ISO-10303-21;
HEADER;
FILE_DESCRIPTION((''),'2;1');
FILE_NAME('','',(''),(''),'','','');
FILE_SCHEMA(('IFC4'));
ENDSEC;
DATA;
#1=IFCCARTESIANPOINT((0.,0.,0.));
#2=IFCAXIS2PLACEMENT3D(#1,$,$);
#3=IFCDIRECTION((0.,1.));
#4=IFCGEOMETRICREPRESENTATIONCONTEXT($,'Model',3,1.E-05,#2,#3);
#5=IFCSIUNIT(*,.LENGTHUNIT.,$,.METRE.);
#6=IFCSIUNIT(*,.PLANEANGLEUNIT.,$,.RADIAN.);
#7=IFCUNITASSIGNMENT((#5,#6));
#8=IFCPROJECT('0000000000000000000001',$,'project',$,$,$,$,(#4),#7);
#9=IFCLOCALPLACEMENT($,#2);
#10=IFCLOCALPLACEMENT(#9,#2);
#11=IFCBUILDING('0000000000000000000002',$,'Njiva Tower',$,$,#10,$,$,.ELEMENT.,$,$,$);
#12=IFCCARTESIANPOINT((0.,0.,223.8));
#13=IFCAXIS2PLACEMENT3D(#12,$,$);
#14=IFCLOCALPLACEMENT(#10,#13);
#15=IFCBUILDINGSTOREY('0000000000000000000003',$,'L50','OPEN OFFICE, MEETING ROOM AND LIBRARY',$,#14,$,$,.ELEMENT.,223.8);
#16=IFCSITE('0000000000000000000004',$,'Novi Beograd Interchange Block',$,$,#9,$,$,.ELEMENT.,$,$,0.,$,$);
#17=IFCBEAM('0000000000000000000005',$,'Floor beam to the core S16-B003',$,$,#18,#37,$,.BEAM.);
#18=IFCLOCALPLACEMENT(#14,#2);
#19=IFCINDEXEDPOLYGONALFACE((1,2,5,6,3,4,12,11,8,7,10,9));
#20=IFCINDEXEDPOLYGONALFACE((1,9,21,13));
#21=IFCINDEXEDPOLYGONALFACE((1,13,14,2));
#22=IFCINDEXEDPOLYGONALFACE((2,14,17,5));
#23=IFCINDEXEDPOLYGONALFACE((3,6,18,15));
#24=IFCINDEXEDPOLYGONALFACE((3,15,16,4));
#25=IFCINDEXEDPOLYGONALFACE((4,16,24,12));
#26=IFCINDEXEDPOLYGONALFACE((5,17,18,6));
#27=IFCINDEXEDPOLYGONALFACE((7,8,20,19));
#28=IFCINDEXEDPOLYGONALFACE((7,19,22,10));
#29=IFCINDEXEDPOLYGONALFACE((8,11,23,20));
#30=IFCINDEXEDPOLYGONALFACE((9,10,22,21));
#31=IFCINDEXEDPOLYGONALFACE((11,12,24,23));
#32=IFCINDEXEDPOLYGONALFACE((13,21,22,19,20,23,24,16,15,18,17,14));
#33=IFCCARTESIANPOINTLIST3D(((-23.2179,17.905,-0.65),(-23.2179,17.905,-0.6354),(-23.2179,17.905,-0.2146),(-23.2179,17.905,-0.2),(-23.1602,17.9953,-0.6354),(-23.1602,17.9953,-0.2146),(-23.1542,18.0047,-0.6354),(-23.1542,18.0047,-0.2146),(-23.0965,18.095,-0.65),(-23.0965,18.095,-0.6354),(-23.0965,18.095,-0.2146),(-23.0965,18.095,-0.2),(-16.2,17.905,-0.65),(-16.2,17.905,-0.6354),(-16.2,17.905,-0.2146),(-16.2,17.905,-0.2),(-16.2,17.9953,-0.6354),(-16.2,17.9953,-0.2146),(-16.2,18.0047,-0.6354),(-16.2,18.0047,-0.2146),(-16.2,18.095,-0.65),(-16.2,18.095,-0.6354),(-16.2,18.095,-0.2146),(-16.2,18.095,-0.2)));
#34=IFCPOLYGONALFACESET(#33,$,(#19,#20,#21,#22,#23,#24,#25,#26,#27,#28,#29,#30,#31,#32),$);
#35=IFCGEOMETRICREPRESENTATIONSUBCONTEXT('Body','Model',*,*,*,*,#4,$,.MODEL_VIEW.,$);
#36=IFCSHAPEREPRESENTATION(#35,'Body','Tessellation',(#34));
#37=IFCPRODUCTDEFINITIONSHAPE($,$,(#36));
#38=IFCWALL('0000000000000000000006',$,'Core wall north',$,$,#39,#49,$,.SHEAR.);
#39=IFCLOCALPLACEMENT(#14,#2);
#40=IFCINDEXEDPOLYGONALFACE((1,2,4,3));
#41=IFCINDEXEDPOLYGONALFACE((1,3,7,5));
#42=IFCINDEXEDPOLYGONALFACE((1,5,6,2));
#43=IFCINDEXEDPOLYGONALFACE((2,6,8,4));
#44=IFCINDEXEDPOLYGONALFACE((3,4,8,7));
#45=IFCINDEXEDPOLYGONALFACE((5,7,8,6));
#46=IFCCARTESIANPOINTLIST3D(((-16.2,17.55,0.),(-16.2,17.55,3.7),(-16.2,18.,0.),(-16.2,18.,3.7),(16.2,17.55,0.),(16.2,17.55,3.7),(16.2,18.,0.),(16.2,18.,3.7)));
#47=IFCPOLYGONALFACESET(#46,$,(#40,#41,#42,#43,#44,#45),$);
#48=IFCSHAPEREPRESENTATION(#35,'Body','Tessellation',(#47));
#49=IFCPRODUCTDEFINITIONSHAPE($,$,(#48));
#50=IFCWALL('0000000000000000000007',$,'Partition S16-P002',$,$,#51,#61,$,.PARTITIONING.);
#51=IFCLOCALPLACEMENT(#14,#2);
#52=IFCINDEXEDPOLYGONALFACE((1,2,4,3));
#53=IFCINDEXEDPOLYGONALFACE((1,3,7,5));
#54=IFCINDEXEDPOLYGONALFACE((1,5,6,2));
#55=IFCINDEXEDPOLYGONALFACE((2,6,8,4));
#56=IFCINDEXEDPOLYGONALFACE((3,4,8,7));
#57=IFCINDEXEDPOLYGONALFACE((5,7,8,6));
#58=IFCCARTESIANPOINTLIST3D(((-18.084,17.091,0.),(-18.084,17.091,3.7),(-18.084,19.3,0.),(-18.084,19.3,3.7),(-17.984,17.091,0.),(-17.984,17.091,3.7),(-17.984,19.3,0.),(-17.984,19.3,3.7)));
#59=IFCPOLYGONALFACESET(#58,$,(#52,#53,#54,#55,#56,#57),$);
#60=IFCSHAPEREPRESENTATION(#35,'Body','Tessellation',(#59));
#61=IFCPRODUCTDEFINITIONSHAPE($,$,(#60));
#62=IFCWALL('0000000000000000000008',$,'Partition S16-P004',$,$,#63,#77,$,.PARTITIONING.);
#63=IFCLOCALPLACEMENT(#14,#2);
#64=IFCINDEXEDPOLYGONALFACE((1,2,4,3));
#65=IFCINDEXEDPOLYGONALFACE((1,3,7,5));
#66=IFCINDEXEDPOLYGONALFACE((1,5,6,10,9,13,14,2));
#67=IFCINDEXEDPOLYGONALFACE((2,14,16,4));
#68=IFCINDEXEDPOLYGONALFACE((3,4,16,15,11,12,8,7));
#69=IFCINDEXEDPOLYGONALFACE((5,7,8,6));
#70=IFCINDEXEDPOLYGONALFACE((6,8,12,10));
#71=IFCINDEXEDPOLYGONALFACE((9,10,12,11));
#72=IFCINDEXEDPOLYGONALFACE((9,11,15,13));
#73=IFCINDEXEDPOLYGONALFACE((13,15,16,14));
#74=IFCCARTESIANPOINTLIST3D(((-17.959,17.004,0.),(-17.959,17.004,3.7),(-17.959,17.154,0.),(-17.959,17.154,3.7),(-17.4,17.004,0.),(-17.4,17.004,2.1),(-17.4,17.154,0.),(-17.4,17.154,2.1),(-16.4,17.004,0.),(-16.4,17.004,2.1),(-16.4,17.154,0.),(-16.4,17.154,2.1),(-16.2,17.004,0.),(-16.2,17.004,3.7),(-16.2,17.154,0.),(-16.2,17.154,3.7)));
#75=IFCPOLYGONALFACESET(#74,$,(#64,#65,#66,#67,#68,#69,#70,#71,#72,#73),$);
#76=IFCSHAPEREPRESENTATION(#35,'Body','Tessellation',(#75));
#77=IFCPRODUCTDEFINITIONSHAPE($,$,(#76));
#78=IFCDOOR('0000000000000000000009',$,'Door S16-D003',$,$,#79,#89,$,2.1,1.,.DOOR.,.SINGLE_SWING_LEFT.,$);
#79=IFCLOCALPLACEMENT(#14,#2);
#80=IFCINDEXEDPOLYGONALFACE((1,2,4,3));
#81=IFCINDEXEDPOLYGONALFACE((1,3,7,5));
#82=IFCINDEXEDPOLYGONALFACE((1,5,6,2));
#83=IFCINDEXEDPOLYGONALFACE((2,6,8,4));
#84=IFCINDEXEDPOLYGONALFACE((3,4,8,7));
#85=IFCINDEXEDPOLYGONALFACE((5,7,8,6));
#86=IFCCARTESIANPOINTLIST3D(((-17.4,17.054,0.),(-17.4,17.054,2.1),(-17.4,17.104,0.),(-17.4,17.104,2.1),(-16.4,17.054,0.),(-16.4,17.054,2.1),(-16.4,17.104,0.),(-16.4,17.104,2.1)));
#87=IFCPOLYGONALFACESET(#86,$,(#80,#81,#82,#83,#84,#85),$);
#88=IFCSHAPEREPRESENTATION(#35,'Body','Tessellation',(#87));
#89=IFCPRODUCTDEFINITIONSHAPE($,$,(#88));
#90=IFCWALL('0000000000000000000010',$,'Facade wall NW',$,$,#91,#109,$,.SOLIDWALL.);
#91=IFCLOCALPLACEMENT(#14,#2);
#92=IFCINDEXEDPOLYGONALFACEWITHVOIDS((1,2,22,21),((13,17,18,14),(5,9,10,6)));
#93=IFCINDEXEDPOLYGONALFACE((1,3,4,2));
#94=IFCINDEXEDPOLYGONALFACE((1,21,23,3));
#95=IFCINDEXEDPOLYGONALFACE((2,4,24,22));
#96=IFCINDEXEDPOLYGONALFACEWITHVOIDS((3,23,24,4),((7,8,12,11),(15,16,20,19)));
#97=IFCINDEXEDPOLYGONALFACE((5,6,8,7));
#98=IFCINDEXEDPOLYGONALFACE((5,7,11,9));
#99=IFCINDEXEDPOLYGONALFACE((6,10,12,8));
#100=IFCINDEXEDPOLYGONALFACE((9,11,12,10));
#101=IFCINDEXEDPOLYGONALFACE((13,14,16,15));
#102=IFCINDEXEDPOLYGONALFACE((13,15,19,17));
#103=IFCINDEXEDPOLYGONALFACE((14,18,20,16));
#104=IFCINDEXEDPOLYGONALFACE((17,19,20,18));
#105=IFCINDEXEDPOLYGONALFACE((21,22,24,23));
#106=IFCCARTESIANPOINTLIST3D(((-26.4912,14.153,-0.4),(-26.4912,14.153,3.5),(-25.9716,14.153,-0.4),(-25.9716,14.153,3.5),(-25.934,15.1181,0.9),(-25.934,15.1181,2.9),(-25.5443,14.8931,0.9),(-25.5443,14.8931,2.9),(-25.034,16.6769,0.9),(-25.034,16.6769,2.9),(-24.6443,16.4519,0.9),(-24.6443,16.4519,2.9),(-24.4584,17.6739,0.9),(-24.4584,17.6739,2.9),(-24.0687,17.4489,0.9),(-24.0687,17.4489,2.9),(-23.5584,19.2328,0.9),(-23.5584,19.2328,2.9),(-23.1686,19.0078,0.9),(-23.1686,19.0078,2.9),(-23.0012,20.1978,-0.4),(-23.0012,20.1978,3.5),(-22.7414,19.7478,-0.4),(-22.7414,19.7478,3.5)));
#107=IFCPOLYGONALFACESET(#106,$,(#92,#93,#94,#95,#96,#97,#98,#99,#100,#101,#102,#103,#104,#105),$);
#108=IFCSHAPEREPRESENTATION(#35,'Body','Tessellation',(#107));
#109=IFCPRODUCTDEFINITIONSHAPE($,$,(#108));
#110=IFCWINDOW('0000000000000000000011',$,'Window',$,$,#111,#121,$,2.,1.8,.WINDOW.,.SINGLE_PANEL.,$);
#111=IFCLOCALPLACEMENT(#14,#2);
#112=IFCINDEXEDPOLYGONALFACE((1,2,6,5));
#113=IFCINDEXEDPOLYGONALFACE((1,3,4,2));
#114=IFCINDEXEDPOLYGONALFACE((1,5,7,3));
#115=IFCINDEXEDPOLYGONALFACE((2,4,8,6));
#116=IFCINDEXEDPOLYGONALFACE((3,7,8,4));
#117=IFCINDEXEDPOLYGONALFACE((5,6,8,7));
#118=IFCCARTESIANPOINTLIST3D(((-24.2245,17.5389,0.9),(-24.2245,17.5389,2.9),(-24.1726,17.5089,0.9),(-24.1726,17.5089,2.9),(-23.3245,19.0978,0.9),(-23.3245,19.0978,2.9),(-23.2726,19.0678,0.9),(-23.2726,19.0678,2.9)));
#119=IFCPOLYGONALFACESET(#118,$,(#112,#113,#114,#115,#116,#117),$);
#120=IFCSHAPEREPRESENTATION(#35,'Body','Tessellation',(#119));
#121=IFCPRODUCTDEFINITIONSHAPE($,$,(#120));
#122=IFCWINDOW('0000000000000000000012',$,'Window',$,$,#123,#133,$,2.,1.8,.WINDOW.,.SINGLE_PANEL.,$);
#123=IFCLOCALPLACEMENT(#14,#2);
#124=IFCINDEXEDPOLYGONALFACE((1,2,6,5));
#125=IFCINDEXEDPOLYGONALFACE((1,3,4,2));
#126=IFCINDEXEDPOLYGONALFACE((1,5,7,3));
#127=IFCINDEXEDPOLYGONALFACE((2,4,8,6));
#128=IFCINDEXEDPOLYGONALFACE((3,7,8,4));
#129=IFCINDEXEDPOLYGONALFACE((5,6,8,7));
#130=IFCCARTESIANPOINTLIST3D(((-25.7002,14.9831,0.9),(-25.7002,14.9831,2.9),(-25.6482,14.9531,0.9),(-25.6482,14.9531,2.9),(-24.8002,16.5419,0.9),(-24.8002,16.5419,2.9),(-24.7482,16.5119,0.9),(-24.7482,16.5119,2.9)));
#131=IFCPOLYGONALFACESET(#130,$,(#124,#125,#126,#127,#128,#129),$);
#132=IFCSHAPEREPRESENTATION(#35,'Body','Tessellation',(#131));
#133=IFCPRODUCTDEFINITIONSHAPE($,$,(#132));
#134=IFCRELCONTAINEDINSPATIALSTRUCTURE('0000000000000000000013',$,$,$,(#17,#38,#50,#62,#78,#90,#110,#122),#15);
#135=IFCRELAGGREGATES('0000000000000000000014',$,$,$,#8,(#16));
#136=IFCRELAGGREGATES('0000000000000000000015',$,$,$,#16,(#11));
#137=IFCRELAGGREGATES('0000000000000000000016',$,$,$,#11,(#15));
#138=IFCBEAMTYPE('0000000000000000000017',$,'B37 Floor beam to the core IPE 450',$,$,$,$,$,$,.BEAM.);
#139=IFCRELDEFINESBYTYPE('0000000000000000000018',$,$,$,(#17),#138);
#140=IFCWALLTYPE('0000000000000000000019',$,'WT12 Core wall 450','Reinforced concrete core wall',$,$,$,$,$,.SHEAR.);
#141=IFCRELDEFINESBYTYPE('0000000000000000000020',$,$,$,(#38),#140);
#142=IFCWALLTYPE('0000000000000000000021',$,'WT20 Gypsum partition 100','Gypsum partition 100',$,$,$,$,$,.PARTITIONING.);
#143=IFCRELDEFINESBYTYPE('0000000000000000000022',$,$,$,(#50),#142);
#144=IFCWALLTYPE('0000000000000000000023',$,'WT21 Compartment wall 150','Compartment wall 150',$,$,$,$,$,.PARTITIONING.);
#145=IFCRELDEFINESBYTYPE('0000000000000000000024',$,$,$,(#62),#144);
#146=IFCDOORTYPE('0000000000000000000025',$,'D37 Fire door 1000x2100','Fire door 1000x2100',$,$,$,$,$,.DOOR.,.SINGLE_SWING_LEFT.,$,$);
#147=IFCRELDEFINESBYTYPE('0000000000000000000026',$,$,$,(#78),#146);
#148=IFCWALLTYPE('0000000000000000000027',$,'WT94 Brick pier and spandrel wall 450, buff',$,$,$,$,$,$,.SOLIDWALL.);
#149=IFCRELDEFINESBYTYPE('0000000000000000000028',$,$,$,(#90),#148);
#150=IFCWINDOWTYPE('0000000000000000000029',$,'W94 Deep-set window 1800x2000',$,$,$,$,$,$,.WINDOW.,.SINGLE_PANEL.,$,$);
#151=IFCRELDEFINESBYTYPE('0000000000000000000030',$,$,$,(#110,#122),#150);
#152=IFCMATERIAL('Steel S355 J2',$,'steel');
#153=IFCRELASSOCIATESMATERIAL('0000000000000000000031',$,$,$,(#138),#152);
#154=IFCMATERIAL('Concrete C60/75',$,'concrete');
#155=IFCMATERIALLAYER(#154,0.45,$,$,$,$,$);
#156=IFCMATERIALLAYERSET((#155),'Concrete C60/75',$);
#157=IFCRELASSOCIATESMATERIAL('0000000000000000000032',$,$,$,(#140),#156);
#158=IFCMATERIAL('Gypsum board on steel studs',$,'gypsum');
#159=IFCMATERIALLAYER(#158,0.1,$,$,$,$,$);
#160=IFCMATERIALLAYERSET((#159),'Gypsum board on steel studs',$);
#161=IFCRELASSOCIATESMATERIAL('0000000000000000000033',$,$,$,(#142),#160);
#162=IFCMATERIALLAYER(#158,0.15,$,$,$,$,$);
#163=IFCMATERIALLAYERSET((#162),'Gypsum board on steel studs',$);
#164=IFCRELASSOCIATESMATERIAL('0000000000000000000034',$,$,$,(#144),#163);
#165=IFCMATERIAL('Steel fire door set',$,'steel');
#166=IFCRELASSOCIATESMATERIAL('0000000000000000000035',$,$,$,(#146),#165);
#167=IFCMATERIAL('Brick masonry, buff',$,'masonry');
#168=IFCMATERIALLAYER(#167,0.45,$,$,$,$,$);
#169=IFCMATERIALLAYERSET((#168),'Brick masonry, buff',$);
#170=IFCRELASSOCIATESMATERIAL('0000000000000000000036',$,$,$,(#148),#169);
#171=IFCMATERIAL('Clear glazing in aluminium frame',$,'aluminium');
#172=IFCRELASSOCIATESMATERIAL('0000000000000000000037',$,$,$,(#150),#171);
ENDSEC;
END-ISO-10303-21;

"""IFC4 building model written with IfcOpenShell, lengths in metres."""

from ifc_helpers import new_model, si_unit, direction, frame, frame_2d, origin, origin_2d, place, context, subcontext, project, spatial, polyline, rectangle, i_section, outline, extrude, clip, halfspace, material, layer, layer_set, material_profile, profile_set, type_object, element, fill, save


model = new_model("IFC4")

# Units and contexts
model_context = context("Model", 3, precision=1e-05, world=origin(), true_north=direction((0.0, 1.0)))
body_context = subcontext(model_context, "Body", "Model", "MODEL_VIEW")
ifc_project = project(units=[si_unit("LENGTHUNIT", "METRE"), si_unit("PLANEANGLEUNIT", "RADIAN")], contexts=[model_context])

# Site, building, storey
site_placement = place(None, origin())
site = spatial("IfcSite", under=ifc_project, at=site_placement, Name="Novi Beograd Interchange Block", CompositionType="ELEMENT", RefElevation=0.0)
building_placement = place(site_placement, origin())
building = spatial("IfcBuilding", under=site, at=building_placement, Name="Njiva Tower", CompositionType="ELEMENT")
storey_placement = place(building_placement, frame((0.0, 0.0, 223.8)))
storey = spatial("IfcBuildingStorey", under=building, at=storey_placement, Name="L50", Description="OPEN OFFICE, MEETING ROOM AND LIBRARY", CompositionType="ELEMENT", Elevation=223.8)

# Shared definitions
ifc_material_1 = material(Name="Steel S355 J2", Category="steel")

# Beam
ifc_material_profile_1 = material_profile(ifc_material_1, i_section(OverallWidth=0.19, OverallDepth=0.45, WebThickness=0.0094, FlangeThickness=0.0146, at=origin_2d()), Name="IPE 450")
ifc_profile_set_1 = profile_set([ifc_material_profile_1], Name="Steel S355 J2")
beam_type_1 = type_object("IfcBeamType", Name="B37 Floor beam to the core IPE 450", PredefinedType="BEAM", material=ifc_profile_set_1)
beam_1_placement = place(storey_placement, frame((-23.238, 18.0, -0.425), z_axis=(1.0, 0.0, 0.0), x_axis=(0.0, 1.0, 0.0)))
element("IfcBeam", 1, at=beam_1_placement, inside=storey, type_object=beam_type_1, Name="Floor beam to the core S16-B003", PredefinedType="BEAM", context=body_context, shape_type="Clipping", body=[
    clip(extrude(i_section(OverallWidth=0.19, OverallDepth=0.45, WebThickness=0.0094, FlangeThickness=0.0146, at=origin_2d()), origin(), (0.0, 0.0, 1.0), 7.038), halfspace(frame((0.0269, 0.0, 0.098), z_axis=(0.53851, 0.0, -0.842619), x_axis=(0.0, -1.0, 0.0)), False)),
])

# Walls
ifc_material_2 = material(Name="Concrete C60/75", Category="concrete")
ifc_layer_1 = layer(ifc_material_2, 0.45)
ifc_layer_set_1 = layer_set([ifc_layer_1], Name="Concrete C60/75")
wall_type_1 = type_object("IfcWallType", Name="WT12 Core wall 450", Description="Reinforced concrete core wall", PredefinedType="SHEAR", material=ifc_layer_set_1)
wall_1_placement = place(storey_placement, frame((-16.2, 17.775, 0.0), z_axis=(0.0, 0.0, 1.0), x_axis=(1.0, 0.0, 0.0)))
element("IfcWall", 2, at=wall_1_placement, inside=storey, type_object=wall_type_1, Name="Core wall north", PredefinedType="SHEAR", context=body_context, shape_type="SweptSolid", body=[
    extrude(rectangle(XDim=32.4, YDim=0.45, at=frame_2d((16.2, 0.0))), origin(), (0.0, 0.0, 1.0), 3.7),
])
ifc_material_3 = material(Name="Gypsum board on steel studs", Category="gypsum")
ifc_layer_2 = layer(ifc_material_3, 0.1)
ifc_layer_set_2 = layer_set([ifc_layer_2], Name="Gypsum board on steel studs")
wall_type_2 = type_object("IfcWallType", Name="WT20 Gypsum partition 100", Description="Gypsum partition 100", PredefinedType="PARTITIONING", material=ifc_layer_set_2)
wall_2_placement = place(storey_placement, frame((-18.034, 17.091, 0.0), z_axis=(0.0, 0.0, 1.0), x_axis=(0.0, 1.0, 0.0)))
element("IfcWall", 3, at=wall_2_placement, inside=storey, type_object=wall_type_2, Name="Partition S16-P002", PredefinedType="PARTITIONING", context=body_context, shape_type="SweptSolid", body=[
    extrude(rectangle(XDim=2.209, YDim=0.1, at=frame_2d((1.1045, 0.0))), origin(), (0.0, 0.0, 1.0), 3.7),
])

# Wall, opening, door
ifc_layer_3 = layer(ifc_material_3, 0.15)
ifc_layer_set_3 = layer_set([ifc_layer_3], Name="Gypsum board on steel studs")
wall_type_3 = type_object("IfcWallType", Name="WT21 Compartment wall 150", Description="Compartment wall 150", PredefinedType="PARTITIONING", material=ifc_layer_set_3)
wall_3_placement = place(storey_placement, frame((-17.959, 17.079, 0.0), z_axis=(0.0, 0.0, 1.0), x_axis=(1.0, 0.0, 0.0)))
wall_3 = element("IfcWall", 4, at=wall_3_placement, inside=storey, type_object=wall_type_3, Name="Partition S16-P004", PredefinedType="PARTITIONING", context=body_context, shape_type="SweptSolid", body=[
    extrude(rectangle(XDim=1.759, YDim=0.15, at=frame_2d((0.8795, 0.0))), origin(), (0.0, 0.0, 1.0), 3.7),
])
opening_1_placement = place(wall_3_placement, frame((0.559, 0.0, 0.0)))
opening_1 = element("IfcOpeningElement", 5, at=opening_1_placement, cuts=wall_3, PredefinedType="OPENING", context=body_context, shape_type="SweptSolid", body=[
    extrude(rectangle(XDim=1.0, YDim=2.1, at=frame_2d((0.5, 1.05))), frame((0.0, 0.085, 0.0), z_axis=(0.0, -1.0, 0.0), x_axis=(1.0, 0.0, 0.0)), (0.0, 0.0, 1.0), 0.17),
])
ifc_material_4 = material(Name="Steel fire door set", Category="steel")
door_type = type_object("IfcDoorType", Name="D37 Fire door 1000x2100", Description="Fire door 1000x2100", OperationType="SINGLE_SWING_LEFT", PredefinedType="DOOR", material=ifc_material_4)
door_placement = place(opening_1_placement, origin())
door = element("IfcDoor", 6, at=door_placement, inside=storey, type_object=door_type, Name="Door S16-D003", OperationType="SINGLE_SWING_LEFT", OverallHeight=2.1, OverallWidth=1.0, PredefinedType="DOOR", context=body_context, shape_type="SweptSolid", body=[
    extrude(rectangle(XDim=1.0, YDim=2.1, at=frame_2d((0.5, 1.05))), frame((0.0, 0.025, 0.0), z_axis=(0.0, -1.0, 0.0), x_axis=(1.0, 0.0, 0.0)), (0.0, 0.0, 1.0), 0.05),
])
fill(opening_1, door)

# Wall, openings, windows
ifc_material_5 = material(Name="Clear glazing in aluminium frame", Category="aluminium")
ifc_material_6 = material(Name="Brick masonry, buff", Category="masonry")
ifc_layer_4 = layer(ifc_material_6, 0.45)
ifc_layer_set_4 = layer_set([ifc_layer_4], Name="Brick masonry, buff")
wall_type_4 = type_object("IfcWallType", Name="WT94 Brick pier and spandrel wall 450, buff", PredefinedType="SOLIDWALL", material=ifc_layer_set_4)
wall_4_placement = place(storey_placement, frame((-22.8713, 19.9728, -0.4), z_axis=(0.0, 0.0, 1.0), x_axis=(-0.500004, -0.866023, 0.0)))
wall_4 = element("IfcWall", 7, at=wall_4_placement, inside=storey, type_object=wall_type_4, Name="Facade wall NW", PredefinedType="SOLIDWALL", context=body_context, shape_type="SweptSolid", body=[
    extrude(outline(polyline([(-0.1299, -0.225), (6.85, -0.225), (6.5902, 0.225), (0.1299, 0.225), (-0.1299, -0.225)])), origin(), (0.0, 0.0, 1.0), 3.9),
])
opening_2_placement = place(wall_4_placement, frame((0.9844, 0.0, 1.3)))
opening_2 = element("IfcOpeningElement", 8, at=opening_2_placement, cuts=wall_4, PredefinedType="OPENING", context=body_context, shape_type="SweptSolid", body=[
    extrude(rectangle(XDim=1.8, YDim=2.0, at=frame_2d((0.9, 1.0))), frame((0.0, 0.235, 0.0), z_axis=(0.0, -1.0, 0.0), x_axis=(1.0, 0.0, 0.0)), (0.0, 0.0, 1.0), 0.47),
])
opening_3_placement = place(wall_4_placement, frame((3.9357, 0.0, 1.3)))
opening_3 = element("IfcOpeningElement", 9, at=opening_3_placement, cuts=wall_4, PredefinedType="OPENING", context=body_context, shape_type="SweptSolid", body=[
    extrude(rectangle(XDim=1.8, YDim=2.0, at=frame_2d((0.9, 1.0))), frame((0.0, 0.235, 0.0), z_axis=(0.0, -1.0, 0.0), x_axis=(1.0, 0.0, 0.0)), (0.0, 0.0, 1.0), 0.47),
])
window_type_1 = type_object("IfcWindowType", Name="W94 Deep-set window 1800x2000", PartitioningType="SINGLE_PANEL", PredefinedType="WINDOW", material=ifc_material_5)
window_1_placement = place(opening_2_placement, origin())
window_1 = element("IfcWindow", 10, at=window_1_placement, inside=storey, type_object=window_type_1, Name="Window", OverallHeight=2.0, OverallWidth=1.8, PartitioningType="SINGLE_PANEL", PredefinedType="WINDOW", context=body_context, shape_type="SweptSolid", body=[
    extrude(rectangle(XDim=1.8, YDim=2.0, at=frame_2d((0.9, 1.0))), frame((0.0, 0.105, 0.0), z_axis=(0.0, -1.0, 0.0), x_axis=(1.0, 0.0, 0.0)), (0.0, 0.0, 1.0), 0.06),
])
fill(opening_2, window_1)
window_2_placement = place(opening_3_placement, origin())
window_2 = element("IfcWindow", 11, at=window_2_placement, inside=storey, type_object=window_type_1, Name="Window", OverallHeight=2.0, OverallWidth=1.8, PartitioningType="SINGLE_PANEL", PredefinedType="WINDOW", context=body_context, shape_type="SweptSolid", body=[
    extrude(rectangle(XDim=1.8, YDim=2.0, at=frame_2d((0.9, 1.0))), frame((0.0, 0.105, 0.0), z_axis=(0.0, -1.0, 0.0), x_axis=(1.0, 0.0, 0.0)), (0.0, 0.0, 1.0), 0.06),
])
fill(opening_3, window_2)

save(model, "model.ifc")
